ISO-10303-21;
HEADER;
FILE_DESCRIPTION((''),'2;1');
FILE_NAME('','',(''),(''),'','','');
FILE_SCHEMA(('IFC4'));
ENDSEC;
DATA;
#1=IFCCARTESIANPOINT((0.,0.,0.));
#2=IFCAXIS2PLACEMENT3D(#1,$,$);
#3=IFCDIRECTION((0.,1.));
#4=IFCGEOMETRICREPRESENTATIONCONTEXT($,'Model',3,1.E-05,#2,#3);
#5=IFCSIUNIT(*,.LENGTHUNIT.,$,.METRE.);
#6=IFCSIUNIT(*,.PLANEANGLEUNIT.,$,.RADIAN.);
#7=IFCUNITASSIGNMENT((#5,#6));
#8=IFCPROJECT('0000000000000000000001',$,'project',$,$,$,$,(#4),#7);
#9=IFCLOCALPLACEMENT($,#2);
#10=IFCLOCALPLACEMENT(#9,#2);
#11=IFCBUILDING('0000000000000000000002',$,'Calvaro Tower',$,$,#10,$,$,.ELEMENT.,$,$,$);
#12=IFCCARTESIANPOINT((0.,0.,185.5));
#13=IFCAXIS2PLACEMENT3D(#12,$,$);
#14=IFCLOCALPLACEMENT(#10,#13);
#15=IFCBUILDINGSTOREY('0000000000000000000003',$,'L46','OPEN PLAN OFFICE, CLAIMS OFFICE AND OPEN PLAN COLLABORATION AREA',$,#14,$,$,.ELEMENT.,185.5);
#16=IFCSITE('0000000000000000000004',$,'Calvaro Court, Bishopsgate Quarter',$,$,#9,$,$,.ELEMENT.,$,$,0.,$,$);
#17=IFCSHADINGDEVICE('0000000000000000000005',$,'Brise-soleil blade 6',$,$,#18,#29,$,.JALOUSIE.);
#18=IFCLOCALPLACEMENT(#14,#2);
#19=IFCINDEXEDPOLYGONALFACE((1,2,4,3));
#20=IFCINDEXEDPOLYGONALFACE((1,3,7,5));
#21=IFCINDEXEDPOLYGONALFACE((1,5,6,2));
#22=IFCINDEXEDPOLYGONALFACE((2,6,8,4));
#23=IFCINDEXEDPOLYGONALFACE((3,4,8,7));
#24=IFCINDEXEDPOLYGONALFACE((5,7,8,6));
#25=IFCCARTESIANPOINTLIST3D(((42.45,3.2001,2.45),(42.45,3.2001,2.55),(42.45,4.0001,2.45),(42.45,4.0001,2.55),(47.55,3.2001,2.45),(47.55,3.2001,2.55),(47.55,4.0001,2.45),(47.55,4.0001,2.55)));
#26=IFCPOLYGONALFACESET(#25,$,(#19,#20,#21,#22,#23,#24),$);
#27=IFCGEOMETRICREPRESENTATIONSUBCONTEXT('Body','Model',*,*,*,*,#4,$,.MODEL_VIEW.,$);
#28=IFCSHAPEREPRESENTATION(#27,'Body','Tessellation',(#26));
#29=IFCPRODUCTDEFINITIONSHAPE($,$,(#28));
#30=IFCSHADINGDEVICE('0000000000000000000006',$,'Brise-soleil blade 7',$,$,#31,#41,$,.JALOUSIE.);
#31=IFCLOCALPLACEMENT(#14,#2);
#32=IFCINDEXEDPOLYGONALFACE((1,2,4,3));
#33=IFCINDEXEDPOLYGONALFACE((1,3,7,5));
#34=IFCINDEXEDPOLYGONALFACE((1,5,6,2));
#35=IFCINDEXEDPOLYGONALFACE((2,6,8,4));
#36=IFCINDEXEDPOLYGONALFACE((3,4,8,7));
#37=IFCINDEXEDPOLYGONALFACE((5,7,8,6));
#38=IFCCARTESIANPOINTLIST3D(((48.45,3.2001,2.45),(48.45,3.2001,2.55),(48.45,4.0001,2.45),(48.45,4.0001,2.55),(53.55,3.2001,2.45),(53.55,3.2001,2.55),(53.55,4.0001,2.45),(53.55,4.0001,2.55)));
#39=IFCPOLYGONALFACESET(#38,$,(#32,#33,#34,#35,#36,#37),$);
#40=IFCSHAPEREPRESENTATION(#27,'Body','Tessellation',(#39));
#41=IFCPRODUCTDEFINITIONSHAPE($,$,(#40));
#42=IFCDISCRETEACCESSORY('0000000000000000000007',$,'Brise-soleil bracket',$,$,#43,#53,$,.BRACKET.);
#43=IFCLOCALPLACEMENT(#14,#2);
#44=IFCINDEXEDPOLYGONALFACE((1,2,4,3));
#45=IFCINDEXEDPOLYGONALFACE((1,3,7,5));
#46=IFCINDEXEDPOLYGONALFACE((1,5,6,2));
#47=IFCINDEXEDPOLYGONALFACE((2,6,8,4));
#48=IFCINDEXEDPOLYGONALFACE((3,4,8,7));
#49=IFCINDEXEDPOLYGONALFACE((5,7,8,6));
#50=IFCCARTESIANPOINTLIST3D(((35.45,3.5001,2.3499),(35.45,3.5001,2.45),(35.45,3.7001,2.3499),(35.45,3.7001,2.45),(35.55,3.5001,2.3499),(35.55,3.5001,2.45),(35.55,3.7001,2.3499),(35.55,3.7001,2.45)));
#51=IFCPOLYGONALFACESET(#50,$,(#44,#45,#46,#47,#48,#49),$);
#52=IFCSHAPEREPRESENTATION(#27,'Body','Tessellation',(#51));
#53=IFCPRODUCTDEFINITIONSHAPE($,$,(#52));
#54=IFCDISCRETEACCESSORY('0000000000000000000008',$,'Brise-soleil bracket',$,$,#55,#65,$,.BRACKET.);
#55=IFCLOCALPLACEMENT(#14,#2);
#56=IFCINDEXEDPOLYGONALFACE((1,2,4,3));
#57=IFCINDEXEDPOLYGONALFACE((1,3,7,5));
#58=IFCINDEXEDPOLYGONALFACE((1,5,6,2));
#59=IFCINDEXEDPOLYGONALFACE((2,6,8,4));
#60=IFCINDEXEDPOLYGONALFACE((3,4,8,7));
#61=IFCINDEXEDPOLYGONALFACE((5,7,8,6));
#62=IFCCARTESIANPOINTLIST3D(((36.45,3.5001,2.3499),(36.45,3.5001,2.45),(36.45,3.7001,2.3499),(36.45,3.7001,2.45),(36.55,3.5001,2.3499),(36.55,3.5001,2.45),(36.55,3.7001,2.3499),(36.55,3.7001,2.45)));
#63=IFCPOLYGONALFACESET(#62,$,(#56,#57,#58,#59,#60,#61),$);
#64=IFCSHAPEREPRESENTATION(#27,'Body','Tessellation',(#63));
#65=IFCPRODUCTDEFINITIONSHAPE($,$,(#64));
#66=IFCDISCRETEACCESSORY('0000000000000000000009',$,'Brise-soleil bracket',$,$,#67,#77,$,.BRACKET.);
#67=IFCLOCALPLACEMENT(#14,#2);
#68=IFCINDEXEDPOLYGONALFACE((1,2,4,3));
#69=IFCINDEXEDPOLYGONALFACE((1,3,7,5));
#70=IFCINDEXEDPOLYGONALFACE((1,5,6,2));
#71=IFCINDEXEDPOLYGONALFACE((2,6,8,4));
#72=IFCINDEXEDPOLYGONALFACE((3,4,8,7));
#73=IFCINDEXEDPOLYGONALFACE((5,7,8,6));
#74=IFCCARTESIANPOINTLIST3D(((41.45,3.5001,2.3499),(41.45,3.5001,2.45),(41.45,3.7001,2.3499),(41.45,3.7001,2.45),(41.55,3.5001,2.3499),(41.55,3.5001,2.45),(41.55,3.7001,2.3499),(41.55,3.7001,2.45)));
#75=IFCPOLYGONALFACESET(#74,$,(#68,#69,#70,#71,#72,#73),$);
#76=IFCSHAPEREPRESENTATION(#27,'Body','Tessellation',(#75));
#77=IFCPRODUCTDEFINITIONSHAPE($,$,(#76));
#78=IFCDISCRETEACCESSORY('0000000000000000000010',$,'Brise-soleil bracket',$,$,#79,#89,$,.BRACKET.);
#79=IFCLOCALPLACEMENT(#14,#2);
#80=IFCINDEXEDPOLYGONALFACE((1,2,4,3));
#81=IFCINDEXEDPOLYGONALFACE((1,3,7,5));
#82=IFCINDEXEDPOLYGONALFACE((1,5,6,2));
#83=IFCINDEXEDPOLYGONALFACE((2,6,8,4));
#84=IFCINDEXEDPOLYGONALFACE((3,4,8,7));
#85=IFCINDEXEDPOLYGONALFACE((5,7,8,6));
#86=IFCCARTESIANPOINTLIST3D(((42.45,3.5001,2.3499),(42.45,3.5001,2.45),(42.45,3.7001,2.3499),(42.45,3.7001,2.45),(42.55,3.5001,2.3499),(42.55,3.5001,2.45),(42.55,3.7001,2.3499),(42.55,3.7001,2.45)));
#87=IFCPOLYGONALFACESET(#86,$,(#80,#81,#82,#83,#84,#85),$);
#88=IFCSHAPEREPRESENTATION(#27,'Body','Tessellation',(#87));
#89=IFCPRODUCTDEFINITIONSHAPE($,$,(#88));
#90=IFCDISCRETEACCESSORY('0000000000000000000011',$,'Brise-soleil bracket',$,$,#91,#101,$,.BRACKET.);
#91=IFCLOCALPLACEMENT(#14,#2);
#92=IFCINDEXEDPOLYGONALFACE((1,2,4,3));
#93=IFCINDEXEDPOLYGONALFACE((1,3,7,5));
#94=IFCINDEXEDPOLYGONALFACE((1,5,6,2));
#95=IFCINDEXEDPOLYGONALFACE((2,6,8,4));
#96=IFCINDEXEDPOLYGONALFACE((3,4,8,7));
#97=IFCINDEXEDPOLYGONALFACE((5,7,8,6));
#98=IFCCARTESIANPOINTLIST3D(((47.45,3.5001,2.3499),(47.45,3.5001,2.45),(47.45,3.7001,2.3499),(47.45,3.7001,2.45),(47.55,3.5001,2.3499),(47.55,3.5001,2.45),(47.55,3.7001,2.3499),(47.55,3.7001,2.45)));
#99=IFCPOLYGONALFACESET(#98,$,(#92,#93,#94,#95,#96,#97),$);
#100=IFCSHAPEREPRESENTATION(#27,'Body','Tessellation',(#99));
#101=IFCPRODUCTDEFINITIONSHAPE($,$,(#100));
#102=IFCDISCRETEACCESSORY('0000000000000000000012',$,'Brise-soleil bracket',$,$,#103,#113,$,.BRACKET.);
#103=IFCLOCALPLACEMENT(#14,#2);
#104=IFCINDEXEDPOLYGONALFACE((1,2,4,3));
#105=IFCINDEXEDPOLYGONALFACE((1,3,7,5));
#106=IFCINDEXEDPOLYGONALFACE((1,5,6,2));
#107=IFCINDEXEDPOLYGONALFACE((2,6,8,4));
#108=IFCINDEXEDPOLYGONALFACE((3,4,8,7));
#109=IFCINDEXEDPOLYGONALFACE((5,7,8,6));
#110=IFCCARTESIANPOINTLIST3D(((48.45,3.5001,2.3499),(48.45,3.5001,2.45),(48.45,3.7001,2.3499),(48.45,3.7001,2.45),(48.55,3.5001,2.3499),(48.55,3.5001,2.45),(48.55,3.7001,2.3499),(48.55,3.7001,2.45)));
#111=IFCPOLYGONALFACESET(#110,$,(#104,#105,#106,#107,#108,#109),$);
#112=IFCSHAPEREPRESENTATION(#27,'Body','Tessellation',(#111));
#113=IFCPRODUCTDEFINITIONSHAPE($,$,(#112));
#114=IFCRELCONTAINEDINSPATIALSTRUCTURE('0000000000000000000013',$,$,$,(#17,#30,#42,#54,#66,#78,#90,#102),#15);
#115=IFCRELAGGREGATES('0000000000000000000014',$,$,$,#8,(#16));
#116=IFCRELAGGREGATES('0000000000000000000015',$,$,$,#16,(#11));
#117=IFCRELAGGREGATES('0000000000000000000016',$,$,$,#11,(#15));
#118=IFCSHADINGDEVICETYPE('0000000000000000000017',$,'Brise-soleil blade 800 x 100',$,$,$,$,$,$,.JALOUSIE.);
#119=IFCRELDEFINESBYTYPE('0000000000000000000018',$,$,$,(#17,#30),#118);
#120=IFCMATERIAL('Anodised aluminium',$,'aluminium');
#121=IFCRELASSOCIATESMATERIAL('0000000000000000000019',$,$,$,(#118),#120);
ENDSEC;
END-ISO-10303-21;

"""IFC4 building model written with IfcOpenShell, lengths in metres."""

from ifc_helpers import new_model, si_unit, direction, frame, origin, origin_2d, place, context, subcontext, project, spatial, rectangle, extrude, material, material_profile, profile_set, type_object, element, save


model = new_model("IFC4")

# Units and contexts
model_context = context("Model", 3, precision=1e-05, world=origin(), true_north=direction((0.0, 1.0)))
body_context = subcontext(model_context, "Body", "Model", "MODEL_VIEW")
ifc_project = project(units=[si_unit("LENGTHUNIT", "METRE"), si_unit("PLANEANGLEUNIT", "RADIAN")], contexts=[model_context])

# Site, building, storey
site_placement = place(None, origin())
site = spatial("IfcSite", under=ifc_project, at=site_placement, Name="Calvaro Court, Bishopsgate Quarter", CompositionType="ELEMENT", RefElevation=0.0)
building_placement = place(site_placement, origin())
building = spatial("IfcBuilding", under=site, at=building_placement, Name="Calvaro Tower", CompositionType="ELEMENT")
storey_placement = place(building_placement, frame((0.0, 0.0, 185.5)))
storey = spatial("IfcBuildingStorey", under=building, at=storey_placement, Name="L46", Description="OPEN PLAN OFFICE, CLAIMS OFFICE AND OPEN PLAN COLLABORATION AREA", CompositionType="ELEMENT", Elevation=185.5)

# Shading devices
ifc_material_1 = material(Name="Anodised aluminium", Category="aluminium")
ifc_material_profile_1 = material_profile(ifc_material_1, rectangle(XDim=0.8, YDim=0.1001, at=origin_2d()), Name="Brise-soleil blade 800 x 100")
ifc_profile_set_1 = profile_set([ifc_material_profile_1], Name="Anodised aluminium")
shading_device_type = type_object("IfcShadingDeviceType", Name="Brise-soleil blade 800 x 100", PredefinedType="JALOUSIE", material=ifc_profile_set_1)
for number, where, z_axis, x_axis, name in (
    (1, (42.45, 3.6001, 2.5), (1.0, 0.0, 0.0), (0.0, 1.0, 0.0), "Brise-soleil blade 6"),
    (2, (48.45, 3.6001, 2.5), (1.0, 0.0, 0.0), (0.0, 1.0, 0.0), "Brise-soleil blade 7"),
):
    element("IfcShadingDevice", number, at=place(storey_placement, frame(where, z_axis=z_axis, x_axis=x_axis)), inside=storey, type_object=shading_device_type, Name=name, PredefinedType="JALOUSIE", context=body_context, shape_type="SweptSolid", body=[
        extrude(rectangle(XDim=0.8, YDim=0.1001, at=origin_2d()), origin(), (0.0, 0.0, 1.0), 5.1001),
    ])

# Discrete accessories
for number, where, z_axis, x_axis, name in (
    (3, (35.5, 3.6001, 2.3499), (0.0, 0.0, 1.0), (1.0, 0.0, 0.0), "Brise-soleil bracket"),
    (4, (36.5, 3.6001, 2.3499), (0.0, 0.0, 1.0), (1.0, 0.0, 0.0), "Brise-soleil bracket"),
    (5, (41.5, 3.6001, 2.3499), (0.0, 0.0, 1.0), (1.0, 0.0, 0.0), "Brise-soleil bracket"),
    (6, (42.5, 3.6001, 2.3499), (0.0, 0.0, 1.0), (1.0, 0.0, 0.0), "Brise-soleil bracket"),
    (7, (47.5, 3.6001, 2.3499), (0.0, 0.0, 1.0), (1.0, 0.0, 0.0), "Brise-soleil bracket"),
    (8, (48.5, 3.6001, 2.3499), (0.0, 0.0, 1.0), (1.0, 0.0, 0.0), "Brise-soleil bracket"),
):
    element("IfcDiscreteAccessory", number, at=place(storey_placement, frame(where, z_axis=z_axis, x_axis=x_axis)), inside=storey, Name=name, PredefinedType="BRACKET", context=body_context, shape_type="SweptSolid", body=[
        extrude(rectangle(XDim=0.1001, YDim=0.2, at=origin_2d()), origin(), (0.0, 0.0, 1.0), 0.1001),
    ])

save(model, "model.ifc")
